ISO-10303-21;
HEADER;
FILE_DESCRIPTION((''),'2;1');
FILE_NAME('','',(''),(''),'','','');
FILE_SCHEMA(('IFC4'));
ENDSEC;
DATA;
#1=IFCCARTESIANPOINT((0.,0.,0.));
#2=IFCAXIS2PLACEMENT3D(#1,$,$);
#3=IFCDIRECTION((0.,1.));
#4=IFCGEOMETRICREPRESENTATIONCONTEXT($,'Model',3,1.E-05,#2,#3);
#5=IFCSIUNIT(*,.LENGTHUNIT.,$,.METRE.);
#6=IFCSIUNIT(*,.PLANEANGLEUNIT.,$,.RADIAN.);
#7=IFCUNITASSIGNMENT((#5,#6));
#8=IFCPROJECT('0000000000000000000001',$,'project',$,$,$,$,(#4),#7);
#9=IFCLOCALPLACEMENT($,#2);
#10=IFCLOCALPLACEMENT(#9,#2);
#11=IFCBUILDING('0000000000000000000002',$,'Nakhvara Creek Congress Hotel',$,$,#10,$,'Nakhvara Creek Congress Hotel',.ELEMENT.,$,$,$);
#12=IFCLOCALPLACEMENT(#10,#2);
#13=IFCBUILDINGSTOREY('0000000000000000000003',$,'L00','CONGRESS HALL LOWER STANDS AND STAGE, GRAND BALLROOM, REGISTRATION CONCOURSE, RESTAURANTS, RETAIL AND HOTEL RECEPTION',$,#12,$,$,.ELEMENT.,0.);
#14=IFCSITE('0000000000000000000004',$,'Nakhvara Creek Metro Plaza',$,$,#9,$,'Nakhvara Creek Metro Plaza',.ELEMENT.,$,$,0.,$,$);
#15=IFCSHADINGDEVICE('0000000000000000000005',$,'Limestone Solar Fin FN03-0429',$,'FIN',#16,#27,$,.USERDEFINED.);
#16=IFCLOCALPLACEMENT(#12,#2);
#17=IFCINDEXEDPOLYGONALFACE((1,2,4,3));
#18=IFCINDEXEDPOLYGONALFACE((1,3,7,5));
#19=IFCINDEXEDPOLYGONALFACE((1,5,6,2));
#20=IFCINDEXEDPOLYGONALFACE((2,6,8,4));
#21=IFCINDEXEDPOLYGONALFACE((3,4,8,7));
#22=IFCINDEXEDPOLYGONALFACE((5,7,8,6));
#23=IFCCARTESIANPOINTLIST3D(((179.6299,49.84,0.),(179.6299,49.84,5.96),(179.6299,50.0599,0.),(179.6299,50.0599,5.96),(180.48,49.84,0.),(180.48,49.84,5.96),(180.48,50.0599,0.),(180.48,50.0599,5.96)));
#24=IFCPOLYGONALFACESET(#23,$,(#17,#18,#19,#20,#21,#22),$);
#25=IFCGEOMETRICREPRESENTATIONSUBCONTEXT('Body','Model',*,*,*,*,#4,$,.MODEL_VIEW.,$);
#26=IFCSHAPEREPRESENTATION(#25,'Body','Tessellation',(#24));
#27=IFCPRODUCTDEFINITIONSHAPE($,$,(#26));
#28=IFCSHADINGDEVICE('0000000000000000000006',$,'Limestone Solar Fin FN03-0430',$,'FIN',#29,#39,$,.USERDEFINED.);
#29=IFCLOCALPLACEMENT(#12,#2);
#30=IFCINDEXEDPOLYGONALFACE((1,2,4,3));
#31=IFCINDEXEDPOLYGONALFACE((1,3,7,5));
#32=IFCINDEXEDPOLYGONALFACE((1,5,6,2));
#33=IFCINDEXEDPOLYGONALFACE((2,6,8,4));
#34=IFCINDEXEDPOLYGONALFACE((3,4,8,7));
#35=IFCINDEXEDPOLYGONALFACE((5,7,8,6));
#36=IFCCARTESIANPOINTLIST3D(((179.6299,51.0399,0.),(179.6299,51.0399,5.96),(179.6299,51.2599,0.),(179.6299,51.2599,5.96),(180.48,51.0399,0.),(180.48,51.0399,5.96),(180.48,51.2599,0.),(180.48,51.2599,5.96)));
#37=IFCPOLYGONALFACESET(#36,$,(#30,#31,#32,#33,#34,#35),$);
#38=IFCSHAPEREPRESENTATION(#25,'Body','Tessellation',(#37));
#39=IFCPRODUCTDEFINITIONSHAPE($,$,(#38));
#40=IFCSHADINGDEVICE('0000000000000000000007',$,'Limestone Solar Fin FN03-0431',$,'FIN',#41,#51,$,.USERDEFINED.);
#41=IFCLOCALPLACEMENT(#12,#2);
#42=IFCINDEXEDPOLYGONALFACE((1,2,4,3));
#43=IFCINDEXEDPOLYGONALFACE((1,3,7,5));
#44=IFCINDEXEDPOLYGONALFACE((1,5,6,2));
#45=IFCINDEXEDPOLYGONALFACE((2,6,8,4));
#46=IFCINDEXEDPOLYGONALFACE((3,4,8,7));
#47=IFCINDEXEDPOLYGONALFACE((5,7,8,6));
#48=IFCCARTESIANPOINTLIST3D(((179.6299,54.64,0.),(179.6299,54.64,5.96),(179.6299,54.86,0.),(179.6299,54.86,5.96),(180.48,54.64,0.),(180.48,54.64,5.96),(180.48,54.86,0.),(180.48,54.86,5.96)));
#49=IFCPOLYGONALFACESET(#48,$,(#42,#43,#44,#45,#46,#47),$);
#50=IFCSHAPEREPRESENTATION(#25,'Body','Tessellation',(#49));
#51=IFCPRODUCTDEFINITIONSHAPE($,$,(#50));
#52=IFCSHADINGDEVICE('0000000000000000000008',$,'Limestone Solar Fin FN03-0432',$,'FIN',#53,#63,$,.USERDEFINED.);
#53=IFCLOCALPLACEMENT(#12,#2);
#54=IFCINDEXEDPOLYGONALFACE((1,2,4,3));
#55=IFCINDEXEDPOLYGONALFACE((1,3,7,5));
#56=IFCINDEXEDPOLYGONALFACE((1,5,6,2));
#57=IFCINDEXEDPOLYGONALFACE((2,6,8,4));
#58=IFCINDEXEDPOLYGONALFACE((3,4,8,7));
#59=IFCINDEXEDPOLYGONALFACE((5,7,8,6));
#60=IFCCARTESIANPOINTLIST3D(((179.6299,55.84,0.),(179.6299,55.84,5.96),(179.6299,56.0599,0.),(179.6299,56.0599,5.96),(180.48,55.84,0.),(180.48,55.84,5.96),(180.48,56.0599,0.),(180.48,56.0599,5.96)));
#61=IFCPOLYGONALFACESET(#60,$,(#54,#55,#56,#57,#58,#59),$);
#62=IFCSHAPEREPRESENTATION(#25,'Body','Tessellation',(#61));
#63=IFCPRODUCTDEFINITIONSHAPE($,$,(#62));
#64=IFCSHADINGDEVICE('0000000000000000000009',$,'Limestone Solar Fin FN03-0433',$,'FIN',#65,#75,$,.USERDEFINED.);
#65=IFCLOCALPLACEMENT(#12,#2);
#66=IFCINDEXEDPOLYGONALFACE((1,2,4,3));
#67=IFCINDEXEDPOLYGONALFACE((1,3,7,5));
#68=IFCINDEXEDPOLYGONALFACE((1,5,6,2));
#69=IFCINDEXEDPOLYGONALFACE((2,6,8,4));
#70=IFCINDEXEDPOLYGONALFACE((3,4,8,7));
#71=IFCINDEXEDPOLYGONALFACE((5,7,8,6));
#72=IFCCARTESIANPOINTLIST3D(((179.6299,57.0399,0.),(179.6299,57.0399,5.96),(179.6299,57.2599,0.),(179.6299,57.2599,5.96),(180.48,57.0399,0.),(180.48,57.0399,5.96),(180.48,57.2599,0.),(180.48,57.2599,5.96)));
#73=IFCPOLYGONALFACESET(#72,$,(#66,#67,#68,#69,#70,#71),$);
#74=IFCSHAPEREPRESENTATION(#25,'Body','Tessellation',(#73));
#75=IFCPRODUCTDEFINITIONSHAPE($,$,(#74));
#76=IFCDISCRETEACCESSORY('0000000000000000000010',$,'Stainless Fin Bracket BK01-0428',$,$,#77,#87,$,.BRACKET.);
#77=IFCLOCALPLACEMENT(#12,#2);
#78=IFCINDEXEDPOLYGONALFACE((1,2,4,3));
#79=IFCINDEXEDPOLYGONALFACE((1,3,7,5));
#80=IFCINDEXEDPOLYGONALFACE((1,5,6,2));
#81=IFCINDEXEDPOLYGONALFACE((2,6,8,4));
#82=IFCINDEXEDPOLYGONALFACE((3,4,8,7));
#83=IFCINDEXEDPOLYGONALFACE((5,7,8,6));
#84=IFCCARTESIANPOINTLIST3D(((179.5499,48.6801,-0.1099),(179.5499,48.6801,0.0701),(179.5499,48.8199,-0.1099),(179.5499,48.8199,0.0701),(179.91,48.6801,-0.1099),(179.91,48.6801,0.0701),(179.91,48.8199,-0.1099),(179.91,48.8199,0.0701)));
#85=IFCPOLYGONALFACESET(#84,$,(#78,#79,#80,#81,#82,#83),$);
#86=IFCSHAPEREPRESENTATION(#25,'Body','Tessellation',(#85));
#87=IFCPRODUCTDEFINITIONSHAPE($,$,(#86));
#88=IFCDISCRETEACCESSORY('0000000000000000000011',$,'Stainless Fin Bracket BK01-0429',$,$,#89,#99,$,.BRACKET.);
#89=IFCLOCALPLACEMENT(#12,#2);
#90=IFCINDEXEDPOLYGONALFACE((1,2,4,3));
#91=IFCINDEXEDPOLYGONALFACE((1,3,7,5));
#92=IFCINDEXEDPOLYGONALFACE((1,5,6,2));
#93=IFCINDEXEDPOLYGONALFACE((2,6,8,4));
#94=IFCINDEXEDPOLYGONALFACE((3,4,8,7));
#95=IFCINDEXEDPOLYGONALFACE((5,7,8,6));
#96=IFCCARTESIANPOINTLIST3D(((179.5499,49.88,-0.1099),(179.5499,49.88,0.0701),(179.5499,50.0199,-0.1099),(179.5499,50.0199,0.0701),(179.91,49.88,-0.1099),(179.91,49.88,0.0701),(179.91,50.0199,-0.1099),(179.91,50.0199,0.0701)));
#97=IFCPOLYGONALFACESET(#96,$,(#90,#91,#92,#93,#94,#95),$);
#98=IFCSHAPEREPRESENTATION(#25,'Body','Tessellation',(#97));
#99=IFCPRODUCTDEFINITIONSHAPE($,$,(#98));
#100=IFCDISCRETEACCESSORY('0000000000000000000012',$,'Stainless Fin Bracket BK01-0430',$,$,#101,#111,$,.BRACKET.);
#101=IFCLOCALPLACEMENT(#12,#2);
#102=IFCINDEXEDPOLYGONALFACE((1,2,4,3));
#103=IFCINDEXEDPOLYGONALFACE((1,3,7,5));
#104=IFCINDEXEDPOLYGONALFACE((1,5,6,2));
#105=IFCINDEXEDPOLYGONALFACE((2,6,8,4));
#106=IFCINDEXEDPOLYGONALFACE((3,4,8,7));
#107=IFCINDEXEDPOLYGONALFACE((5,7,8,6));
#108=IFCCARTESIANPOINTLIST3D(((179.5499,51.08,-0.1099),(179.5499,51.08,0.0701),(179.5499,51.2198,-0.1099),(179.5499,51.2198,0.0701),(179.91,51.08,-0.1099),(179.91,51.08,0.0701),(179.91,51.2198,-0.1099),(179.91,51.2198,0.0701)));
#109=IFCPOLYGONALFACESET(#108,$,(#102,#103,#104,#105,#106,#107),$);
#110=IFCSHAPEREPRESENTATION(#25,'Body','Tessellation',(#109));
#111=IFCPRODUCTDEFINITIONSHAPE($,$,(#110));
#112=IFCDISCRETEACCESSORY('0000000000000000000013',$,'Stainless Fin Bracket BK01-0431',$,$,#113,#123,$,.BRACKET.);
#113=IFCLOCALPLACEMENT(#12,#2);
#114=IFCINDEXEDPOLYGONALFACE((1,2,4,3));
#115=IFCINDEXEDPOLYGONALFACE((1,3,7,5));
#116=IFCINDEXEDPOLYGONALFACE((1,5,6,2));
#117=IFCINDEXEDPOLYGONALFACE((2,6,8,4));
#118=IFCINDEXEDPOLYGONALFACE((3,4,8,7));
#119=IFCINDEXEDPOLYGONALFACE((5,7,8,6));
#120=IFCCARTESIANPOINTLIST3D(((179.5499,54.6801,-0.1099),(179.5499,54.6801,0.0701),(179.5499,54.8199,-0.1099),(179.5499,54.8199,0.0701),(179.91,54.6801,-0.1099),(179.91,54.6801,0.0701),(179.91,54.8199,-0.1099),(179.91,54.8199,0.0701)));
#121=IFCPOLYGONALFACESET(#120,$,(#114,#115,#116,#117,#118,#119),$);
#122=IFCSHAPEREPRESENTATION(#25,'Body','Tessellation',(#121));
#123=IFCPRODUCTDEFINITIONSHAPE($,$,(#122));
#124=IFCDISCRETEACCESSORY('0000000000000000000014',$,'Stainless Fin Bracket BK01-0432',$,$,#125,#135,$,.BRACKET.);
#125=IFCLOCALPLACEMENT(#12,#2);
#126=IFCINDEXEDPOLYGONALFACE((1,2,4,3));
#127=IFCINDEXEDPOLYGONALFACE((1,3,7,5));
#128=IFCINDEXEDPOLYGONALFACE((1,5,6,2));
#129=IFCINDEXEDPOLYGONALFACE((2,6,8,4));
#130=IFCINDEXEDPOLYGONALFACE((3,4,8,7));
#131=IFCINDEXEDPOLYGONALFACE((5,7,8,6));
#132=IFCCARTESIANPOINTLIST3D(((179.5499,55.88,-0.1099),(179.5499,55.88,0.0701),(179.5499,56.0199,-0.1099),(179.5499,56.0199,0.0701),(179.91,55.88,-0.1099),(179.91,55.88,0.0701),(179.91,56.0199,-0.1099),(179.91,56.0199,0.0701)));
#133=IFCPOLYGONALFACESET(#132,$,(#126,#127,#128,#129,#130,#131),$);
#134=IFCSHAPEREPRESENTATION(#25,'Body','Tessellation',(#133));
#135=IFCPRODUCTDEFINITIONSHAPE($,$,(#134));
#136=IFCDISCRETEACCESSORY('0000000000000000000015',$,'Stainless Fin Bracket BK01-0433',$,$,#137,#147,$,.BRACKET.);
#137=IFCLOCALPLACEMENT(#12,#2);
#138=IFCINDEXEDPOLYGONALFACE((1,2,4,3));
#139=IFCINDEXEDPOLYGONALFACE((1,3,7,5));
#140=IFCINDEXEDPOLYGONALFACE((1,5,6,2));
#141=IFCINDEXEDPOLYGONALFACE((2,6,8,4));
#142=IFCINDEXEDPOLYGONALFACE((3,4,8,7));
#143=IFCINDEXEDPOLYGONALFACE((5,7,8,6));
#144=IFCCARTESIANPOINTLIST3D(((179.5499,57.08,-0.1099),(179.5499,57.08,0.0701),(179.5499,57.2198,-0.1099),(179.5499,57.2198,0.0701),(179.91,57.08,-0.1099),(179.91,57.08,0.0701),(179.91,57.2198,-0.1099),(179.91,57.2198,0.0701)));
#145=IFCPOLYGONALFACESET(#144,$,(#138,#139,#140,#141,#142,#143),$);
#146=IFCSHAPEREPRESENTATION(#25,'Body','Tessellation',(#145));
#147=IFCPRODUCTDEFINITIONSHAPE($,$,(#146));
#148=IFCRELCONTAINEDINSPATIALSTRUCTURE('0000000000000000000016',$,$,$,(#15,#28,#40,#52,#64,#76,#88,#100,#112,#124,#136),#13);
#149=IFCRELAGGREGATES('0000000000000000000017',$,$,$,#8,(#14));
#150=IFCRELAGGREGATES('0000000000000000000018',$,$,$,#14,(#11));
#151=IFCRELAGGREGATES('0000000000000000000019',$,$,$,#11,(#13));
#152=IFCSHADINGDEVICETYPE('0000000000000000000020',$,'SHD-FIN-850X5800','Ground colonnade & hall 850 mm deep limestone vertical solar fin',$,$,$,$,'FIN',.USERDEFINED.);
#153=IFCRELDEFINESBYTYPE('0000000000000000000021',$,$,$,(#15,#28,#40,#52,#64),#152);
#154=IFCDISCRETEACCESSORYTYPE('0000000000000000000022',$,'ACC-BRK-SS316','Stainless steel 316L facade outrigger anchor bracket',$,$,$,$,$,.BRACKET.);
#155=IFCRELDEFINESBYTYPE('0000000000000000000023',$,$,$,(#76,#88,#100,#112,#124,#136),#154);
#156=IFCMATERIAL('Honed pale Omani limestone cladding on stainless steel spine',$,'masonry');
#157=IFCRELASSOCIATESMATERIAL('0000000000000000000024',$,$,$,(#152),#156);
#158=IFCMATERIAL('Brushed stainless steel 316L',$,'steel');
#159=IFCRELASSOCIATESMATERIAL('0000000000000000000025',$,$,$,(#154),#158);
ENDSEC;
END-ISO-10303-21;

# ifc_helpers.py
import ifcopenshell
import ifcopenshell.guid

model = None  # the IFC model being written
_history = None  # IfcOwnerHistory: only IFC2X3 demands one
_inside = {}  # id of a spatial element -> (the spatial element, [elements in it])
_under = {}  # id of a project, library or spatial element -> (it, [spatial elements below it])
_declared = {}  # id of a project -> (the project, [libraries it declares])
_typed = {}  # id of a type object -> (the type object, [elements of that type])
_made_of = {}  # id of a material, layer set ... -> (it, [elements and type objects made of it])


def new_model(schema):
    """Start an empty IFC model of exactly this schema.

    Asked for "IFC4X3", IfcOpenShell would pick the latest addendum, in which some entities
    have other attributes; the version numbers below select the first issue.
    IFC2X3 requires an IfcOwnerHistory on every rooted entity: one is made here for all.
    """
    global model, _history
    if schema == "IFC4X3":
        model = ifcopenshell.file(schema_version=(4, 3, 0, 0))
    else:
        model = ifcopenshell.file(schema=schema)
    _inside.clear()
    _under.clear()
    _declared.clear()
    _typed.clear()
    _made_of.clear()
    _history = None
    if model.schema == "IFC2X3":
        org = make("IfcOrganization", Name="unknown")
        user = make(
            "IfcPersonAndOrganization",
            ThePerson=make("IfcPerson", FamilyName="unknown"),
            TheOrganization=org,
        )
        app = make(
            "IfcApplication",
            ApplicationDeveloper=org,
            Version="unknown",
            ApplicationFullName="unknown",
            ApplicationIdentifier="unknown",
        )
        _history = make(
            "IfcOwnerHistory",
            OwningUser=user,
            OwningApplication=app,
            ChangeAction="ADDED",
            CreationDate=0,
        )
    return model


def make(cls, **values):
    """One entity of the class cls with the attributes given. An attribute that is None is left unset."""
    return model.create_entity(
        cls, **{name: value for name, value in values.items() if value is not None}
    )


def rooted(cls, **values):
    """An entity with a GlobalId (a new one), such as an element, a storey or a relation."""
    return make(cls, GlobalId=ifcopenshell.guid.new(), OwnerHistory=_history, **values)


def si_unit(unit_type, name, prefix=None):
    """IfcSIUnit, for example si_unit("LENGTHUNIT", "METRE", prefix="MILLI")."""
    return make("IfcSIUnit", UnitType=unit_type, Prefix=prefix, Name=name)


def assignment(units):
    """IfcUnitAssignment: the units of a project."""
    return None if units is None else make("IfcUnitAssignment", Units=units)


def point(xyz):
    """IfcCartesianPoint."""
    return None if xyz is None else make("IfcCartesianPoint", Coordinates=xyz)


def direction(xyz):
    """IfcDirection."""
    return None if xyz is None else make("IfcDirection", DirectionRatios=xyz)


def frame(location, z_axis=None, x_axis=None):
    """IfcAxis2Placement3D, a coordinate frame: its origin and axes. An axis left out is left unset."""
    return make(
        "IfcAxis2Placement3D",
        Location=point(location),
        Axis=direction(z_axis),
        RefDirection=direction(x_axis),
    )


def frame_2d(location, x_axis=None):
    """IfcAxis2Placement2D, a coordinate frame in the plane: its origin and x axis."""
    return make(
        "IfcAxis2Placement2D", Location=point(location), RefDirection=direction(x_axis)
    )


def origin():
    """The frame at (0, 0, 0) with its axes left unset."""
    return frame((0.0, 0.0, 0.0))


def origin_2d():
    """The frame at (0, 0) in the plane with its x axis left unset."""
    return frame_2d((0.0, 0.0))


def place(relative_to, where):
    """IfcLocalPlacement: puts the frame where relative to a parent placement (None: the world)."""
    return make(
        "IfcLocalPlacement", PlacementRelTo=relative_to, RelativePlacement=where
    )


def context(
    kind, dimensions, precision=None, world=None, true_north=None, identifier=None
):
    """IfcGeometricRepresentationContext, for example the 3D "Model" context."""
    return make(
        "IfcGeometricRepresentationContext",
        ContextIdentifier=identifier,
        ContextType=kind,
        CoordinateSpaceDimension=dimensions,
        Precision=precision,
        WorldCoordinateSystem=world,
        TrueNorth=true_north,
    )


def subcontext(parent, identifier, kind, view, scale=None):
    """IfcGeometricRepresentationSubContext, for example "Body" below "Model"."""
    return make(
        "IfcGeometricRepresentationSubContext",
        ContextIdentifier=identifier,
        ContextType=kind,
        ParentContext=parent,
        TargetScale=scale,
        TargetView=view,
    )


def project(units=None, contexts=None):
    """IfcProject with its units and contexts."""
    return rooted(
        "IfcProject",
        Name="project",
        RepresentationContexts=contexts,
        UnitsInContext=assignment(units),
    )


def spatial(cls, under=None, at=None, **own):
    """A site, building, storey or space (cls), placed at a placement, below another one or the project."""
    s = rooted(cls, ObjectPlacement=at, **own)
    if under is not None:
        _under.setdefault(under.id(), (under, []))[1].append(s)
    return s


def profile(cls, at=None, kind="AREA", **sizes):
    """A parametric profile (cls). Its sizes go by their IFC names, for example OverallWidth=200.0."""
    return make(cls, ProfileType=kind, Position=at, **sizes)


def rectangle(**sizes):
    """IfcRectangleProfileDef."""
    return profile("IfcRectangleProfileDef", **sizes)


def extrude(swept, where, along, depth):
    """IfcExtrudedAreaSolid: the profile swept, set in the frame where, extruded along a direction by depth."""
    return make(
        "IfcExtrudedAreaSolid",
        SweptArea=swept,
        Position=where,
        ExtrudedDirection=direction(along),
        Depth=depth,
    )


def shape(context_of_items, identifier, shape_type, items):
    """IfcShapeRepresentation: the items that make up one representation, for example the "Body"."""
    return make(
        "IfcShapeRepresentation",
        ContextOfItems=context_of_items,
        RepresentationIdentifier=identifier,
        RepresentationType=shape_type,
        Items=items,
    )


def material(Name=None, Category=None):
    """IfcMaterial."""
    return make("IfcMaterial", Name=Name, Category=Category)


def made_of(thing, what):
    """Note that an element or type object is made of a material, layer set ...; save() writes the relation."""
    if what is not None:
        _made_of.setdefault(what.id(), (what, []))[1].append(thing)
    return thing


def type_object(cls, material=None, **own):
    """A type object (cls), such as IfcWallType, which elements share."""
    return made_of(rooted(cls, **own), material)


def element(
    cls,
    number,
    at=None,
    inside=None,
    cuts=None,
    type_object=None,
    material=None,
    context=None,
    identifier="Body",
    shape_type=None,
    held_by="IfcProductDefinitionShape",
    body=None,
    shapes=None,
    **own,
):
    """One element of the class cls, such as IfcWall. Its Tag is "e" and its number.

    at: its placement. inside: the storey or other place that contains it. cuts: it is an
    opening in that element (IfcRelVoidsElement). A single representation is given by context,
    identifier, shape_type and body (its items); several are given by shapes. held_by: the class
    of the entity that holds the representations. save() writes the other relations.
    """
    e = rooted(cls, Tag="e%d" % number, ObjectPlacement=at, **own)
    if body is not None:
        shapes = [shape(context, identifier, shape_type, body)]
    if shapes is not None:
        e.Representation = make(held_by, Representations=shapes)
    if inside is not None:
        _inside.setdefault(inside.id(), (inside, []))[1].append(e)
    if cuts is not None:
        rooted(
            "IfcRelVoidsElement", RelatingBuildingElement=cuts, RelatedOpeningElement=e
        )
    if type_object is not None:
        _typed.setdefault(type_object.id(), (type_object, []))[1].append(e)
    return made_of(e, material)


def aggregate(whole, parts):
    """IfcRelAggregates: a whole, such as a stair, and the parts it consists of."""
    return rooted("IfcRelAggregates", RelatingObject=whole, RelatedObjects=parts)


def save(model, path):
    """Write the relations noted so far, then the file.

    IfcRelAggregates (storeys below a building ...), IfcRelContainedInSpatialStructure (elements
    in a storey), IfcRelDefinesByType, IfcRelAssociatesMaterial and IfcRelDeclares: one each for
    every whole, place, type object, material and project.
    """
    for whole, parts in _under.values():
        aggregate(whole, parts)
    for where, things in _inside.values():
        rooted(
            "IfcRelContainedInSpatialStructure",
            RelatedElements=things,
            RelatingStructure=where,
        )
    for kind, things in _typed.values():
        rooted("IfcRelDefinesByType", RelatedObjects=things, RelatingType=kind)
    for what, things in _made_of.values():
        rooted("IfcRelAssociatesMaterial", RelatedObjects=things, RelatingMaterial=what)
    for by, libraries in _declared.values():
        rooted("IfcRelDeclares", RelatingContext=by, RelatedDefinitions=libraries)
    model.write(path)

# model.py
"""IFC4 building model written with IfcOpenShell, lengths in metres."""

from ifc_helpers import new_model, si_unit, direction, frame, origin, origin_2d, place, context, subcontext, project, spatial, rectangle, extrude, material, type_object, element, save


model = new_model("IFC4")

# Units and contexts
model_context = context("Model", 3, precision=1e-05, world=origin(), true_north=direction((0.0, 1.0)))
body_context = subcontext(model_context, "Body", "Model", "MODEL_VIEW")
ifc_project = project(units=[si_unit("LENGTHUNIT", "METRE"), si_unit("PLANEANGLEUNIT", "RADIAN")], contexts=[model_context])

# Site, building, storey
site_placement = place(None, origin())
site = spatial("IfcSite", under=ifc_project, at=site_placement, Name="Nakhvara Creek Metro Plaza", LongName="Nakhvara Creek Metro Plaza", CompositionType="ELEMENT", RefElevation=0.0)
building_placement = place(site_placement, origin())
building = spatial("IfcBuilding", under=site, at=building_placement, Name="Nakhvara Creek Congress Hotel", LongName="Nakhvara Creek Congress Hotel", CompositionType="ELEMENT")
storey_placement = place(building_placement, origin())
storey = spatial("IfcBuildingStorey", under=building, at=storey_placement, Name="L00", Description="CONGRESS HALL LOWER STANDS AND STAGE, GRAND BALLROOM, REGISTRATION CONCOURSE, RESTAURANTS, RETAIL AND HOTEL RECEPTION", CompositionType="ELEMENT", Elevation=0.0)

# Shared definitions
ifc_material_1 = material(Name="Brushed stainless steel 316L", Category="steel")

# Shading devices
ifc_material_2 = material(Name="Honed pale Omani limestone cladding on stainless steel spine", Category="masonry")
shading_device_type = type_object("IfcShadingDeviceType", Name="SHD-FIN-850X5800", Description="Ground colonnade & hall 850 mm deep limestone vertical solar fin", ElementType="FIN", PredefinedType="USERDEFINED", material=ifc_material_2)
for number, where, z_axis, x_axis, name in (
    (1, (180.0549, 49.95, 0.0), (0.0, 0.0, 1.0), (0.0, 1.0, 0.0), "Limestone Solar Fin FN03-0429"),
    (2, (180.0549, 51.1499, 0.0), (0.0, 0.0, 1.0), (0.0, 1.0, 0.0), "Limestone Solar Fin FN03-0430"),
    (3, (180.0549, 54.75, 0.0), (0.0, 0.0, 1.0), (0.0, 1.0, 0.0), "Limestone Solar Fin FN03-0431"),
    (4, (180.0549, 55.95, 0.0), (0.0, 0.0, 1.0), (0.0, 1.0, 0.0), "Limestone Solar Fin FN03-0432"),
    (5, (180.0549, 57.1499, 0.0), (0.0, 0.0, 1.0), (0.0, 1.0, 0.0), "Limestone Solar Fin FN03-0433"),
):
    element("IfcShadingDevice", number, at=place(storey_placement, frame(where, z_axis=z_axis, x_axis=x_axis)), inside=storey, type_object=shading_device_type, Name=name, ObjectType="FIN", PredefinedType="USERDEFINED", context=body_context, shape_type="SweptSolid", body=[
        extrude(rectangle(XDim=0.22, YDim=0.8501, at=origin_2d()), origin(), (0.0, 0.0, 1.0), 5.96),
    ])

# Discrete accessories
discrete_accessory_type = type_object("IfcDiscreteAccessoryType", Name="ACC-BRK-SS316", Description="Stainless steel 316L facade outrigger anchor bracket", PredefinedType="BRACKET", material=ifc_material_1)
for number, where, z_axis, x_axis, name in (
    (6, (179.73, 48.75, -0.1099), (0.0, 0.0, 1.0), (0.0, 1.0, 0.0), "Stainless Fin Bracket BK01-0428"),
    (7, (179.73, 49.95, -0.1099), (0.0, 0.0, 1.0), (0.0, 1.0, 0.0), "Stainless Fin Bracket BK01-0429"),
    (8, (179.73, 51.1499, -0.1099), (0.0, 0.0, 1.0), (0.0, 1.0, 0.0), "Stainless Fin Bracket BK01-0430"),
    (9, (179.73, 54.75, -0.1099), (0.0, 0.0, 1.0), (0.0, 1.0, 0.0), "Stainless Fin Bracket BK01-0431"),
    (10, (179.73, 55.95, -0.1099), (0.0, 0.0, 1.0), (0.0, 1.0, 0.0), "Stainless Fin Bracket BK01-0432"),
    (11, (179.73, 57.1499, -0.1099), (0.0, 0.0, 1.0), (0.0, 1.0, 0.0), "Stainless Fin Bracket BK01-0433"),
):
    element("IfcDiscreteAccessory", number, at=place(storey_placement, frame(where, z_axis=z_axis, x_axis=x_axis)), inside=storey, type_object=discrete_accessory_type, Name=name, PredefinedType="BRACKET", context=body_context, shape_type="SweptSolid", body=[
        extrude(rectangle(XDim=0.1399, YDim=0.3601, at=origin_2d()), origin(), (0.0, 0.0, 1.0), 0.1799),
    ])

save(model, "model.ifc")
